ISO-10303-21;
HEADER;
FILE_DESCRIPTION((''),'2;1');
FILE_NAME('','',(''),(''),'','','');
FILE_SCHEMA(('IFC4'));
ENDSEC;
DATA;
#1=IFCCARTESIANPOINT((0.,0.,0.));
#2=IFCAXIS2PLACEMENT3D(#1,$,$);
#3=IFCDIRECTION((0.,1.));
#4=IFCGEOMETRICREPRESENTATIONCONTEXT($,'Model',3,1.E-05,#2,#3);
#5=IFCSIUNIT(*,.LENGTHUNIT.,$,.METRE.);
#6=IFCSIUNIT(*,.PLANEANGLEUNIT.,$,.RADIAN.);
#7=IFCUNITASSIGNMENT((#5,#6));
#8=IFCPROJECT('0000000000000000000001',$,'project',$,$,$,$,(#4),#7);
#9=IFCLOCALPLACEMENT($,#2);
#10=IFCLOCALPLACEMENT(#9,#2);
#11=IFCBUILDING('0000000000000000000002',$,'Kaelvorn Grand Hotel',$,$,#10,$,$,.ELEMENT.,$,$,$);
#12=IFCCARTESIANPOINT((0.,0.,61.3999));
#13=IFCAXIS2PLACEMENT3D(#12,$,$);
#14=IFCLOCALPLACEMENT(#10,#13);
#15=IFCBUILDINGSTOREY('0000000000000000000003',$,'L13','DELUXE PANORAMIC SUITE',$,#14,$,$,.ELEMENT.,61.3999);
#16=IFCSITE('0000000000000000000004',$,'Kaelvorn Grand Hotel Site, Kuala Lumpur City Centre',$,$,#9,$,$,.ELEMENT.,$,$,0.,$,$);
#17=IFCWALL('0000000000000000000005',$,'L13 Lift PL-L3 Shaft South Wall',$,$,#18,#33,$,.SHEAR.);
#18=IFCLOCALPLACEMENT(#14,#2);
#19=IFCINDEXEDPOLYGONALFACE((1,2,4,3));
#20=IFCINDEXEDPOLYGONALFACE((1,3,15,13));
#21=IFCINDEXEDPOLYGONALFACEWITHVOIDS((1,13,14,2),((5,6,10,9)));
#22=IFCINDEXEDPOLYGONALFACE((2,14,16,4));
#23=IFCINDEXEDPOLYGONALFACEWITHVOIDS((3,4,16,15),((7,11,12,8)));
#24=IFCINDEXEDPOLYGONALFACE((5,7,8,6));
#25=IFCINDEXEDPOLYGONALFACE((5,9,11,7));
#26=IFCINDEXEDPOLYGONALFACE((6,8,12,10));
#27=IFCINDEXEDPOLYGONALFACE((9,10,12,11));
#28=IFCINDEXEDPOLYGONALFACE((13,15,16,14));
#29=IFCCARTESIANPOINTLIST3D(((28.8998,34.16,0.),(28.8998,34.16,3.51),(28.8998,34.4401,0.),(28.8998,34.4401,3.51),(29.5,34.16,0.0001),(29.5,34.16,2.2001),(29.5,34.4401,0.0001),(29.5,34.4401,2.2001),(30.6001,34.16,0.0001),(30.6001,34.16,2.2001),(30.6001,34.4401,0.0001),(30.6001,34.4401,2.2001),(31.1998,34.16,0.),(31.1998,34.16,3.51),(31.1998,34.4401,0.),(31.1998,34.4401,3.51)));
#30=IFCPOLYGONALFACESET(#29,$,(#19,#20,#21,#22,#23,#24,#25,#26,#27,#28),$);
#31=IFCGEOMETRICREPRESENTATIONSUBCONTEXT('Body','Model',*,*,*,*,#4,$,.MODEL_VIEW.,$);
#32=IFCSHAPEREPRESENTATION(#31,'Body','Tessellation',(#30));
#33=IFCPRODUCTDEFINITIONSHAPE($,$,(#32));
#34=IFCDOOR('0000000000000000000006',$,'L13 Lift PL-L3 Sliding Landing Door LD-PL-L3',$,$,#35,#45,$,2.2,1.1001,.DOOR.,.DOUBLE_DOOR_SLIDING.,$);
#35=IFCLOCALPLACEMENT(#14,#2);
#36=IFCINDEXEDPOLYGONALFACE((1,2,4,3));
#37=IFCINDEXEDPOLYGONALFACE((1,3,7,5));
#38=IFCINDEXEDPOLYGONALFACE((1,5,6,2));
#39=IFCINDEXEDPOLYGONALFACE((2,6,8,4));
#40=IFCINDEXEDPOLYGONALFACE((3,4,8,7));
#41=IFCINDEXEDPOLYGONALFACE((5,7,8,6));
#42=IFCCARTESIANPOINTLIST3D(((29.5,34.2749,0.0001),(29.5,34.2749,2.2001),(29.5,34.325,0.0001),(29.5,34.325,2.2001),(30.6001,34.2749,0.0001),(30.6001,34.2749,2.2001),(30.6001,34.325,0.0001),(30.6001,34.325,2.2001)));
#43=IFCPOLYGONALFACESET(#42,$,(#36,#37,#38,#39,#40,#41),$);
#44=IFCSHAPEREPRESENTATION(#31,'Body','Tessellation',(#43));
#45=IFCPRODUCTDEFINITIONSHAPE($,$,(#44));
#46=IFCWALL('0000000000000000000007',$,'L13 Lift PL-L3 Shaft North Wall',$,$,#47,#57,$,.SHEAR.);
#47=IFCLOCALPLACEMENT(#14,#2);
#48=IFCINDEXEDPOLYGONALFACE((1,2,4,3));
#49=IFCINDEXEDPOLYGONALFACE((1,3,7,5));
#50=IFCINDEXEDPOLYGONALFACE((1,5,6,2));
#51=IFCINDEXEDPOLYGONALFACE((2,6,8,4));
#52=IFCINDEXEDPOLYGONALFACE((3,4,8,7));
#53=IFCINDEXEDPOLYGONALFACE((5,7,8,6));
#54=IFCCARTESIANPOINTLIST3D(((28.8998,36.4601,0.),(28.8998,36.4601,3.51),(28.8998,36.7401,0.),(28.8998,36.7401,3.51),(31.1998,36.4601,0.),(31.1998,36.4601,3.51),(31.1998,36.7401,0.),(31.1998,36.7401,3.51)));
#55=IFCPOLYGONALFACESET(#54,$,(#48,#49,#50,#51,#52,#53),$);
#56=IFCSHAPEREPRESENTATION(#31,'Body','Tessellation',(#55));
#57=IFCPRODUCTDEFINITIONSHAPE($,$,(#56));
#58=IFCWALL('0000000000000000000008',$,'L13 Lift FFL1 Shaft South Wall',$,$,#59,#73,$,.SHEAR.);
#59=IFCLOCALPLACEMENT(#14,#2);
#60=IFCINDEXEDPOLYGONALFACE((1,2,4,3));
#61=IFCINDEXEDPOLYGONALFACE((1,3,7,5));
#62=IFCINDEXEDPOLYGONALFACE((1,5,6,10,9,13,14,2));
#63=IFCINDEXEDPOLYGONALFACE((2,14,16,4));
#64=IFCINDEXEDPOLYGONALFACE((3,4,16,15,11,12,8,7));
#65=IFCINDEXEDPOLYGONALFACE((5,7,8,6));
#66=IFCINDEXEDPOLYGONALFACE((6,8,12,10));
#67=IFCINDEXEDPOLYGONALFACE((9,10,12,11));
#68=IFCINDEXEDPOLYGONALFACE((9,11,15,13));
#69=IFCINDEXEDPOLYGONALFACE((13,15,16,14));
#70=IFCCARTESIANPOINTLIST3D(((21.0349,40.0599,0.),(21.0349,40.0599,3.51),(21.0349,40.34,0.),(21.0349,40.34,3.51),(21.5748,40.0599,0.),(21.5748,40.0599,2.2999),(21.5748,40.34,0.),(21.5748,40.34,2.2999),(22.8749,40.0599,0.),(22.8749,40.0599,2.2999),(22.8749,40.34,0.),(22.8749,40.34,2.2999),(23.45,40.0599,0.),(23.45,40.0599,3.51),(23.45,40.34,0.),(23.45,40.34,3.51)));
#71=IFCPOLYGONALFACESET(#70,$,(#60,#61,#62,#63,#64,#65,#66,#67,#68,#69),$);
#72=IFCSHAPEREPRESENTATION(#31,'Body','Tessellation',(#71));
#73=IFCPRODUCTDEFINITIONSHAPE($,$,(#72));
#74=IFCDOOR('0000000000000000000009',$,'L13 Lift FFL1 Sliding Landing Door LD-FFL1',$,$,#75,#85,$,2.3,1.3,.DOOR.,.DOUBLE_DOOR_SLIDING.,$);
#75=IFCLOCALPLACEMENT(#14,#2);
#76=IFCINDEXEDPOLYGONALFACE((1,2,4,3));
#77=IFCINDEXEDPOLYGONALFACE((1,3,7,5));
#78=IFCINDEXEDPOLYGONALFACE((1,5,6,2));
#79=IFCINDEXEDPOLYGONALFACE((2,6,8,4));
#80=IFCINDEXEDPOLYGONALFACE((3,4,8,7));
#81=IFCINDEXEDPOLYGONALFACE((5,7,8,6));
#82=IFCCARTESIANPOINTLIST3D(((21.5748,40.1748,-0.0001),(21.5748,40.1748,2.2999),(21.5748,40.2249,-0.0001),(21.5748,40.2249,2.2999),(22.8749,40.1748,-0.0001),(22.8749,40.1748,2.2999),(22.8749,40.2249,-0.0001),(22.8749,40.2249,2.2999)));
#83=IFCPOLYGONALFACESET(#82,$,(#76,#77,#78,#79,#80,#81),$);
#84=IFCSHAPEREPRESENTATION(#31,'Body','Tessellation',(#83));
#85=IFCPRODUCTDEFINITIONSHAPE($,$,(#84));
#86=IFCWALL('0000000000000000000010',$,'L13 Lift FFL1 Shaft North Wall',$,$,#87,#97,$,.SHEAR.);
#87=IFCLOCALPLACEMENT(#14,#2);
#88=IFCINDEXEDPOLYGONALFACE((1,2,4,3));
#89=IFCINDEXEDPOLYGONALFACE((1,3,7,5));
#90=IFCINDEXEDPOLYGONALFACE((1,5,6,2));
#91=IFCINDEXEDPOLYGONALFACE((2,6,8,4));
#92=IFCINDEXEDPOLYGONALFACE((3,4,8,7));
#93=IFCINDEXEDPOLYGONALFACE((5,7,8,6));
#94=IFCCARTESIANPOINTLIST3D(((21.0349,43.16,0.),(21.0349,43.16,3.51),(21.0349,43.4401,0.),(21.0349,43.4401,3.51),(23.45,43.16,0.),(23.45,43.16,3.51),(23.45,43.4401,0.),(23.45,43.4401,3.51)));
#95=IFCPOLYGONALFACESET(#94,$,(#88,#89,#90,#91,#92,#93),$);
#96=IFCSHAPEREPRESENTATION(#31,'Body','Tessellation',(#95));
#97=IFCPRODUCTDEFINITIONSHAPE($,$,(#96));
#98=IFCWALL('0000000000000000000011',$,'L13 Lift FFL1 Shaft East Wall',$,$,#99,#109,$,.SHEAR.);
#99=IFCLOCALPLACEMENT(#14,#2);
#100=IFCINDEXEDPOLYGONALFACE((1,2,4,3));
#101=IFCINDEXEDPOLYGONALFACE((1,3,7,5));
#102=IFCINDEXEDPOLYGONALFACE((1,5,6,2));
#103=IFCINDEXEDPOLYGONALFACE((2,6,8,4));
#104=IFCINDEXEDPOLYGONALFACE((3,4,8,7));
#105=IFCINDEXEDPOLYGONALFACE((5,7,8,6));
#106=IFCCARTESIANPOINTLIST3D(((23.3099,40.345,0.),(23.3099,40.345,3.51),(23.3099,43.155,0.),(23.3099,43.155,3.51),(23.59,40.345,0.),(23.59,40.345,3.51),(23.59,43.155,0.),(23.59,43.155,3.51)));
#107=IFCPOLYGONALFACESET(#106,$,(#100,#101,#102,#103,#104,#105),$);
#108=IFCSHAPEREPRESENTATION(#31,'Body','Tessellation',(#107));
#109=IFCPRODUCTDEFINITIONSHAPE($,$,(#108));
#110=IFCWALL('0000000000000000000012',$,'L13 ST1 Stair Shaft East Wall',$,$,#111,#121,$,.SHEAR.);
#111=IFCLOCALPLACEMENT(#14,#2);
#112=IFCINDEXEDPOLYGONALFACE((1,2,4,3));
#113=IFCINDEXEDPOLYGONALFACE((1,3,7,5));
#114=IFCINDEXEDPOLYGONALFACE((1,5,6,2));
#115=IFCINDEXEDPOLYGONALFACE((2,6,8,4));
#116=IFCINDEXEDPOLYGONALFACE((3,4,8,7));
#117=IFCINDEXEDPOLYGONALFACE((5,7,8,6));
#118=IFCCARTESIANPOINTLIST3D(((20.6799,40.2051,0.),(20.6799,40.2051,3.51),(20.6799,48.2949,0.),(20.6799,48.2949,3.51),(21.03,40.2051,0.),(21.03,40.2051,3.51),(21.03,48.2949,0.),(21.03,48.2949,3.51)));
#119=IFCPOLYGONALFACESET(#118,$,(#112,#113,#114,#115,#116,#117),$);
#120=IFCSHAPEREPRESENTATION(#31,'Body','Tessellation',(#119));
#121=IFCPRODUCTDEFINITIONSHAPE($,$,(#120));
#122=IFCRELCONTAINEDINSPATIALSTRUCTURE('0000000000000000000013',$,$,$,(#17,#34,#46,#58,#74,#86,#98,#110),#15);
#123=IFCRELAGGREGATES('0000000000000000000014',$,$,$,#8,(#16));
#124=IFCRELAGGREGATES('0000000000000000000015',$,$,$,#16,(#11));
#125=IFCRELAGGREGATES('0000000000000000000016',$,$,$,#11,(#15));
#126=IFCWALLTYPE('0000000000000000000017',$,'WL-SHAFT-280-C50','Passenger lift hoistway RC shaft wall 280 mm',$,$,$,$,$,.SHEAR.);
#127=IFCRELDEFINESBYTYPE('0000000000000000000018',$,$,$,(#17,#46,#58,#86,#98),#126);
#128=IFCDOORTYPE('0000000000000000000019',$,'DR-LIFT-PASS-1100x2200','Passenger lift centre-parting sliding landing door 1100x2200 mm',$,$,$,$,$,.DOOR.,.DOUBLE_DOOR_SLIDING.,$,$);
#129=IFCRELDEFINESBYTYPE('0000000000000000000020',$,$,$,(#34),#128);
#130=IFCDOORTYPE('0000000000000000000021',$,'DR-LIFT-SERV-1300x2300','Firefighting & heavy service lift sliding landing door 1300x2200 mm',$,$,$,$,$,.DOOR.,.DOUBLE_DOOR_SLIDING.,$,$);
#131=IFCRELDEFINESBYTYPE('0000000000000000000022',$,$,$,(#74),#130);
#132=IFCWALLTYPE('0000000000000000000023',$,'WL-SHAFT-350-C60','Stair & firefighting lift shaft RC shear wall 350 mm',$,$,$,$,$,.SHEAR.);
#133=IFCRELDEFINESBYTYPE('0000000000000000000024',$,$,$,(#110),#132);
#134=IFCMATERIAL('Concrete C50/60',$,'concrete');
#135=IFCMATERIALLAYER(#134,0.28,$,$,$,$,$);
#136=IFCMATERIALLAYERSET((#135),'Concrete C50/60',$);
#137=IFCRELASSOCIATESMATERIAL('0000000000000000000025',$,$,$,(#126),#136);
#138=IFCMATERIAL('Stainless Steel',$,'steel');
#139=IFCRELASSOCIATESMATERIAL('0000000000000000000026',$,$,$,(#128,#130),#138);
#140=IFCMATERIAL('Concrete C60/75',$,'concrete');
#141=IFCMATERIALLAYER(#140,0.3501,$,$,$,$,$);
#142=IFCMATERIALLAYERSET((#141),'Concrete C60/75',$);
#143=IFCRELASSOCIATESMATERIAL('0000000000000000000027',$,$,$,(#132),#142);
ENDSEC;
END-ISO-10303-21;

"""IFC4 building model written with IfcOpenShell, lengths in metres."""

from ifc_helpers import new_model, si_unit, direction, frame, frame_2d, origin, place, context, subcontext, project, spatial, rectangle, extrude, material, layer, layer_set, type_object, element, fill, save


model = new_model("IFC4")

# Units and contexts
model_context = context("Model", 3, precision=1e-05, world=origin(), true_north=direction((0.0, 1.0)))
body_context = subcontext(model_context, "Body", "Model", "MODEL_VIEW")
ifc_project = project(units=[si_unit("LENGTHUNIT", "METRE"), si_unit("PLANEANGLEUNIT", "RADIAN")], contexts=[model_context])

# Site, building, storey
site_placement = place(None, origin())
site = spatial("IfcSite", under=ifc_project, at=site_placement, Name="Kaelvorn Grand Hotel Site, Kuala Lumpur City Centre", CompositionType="ELEMENT", RefElevation=0.0)
building_placement = place(site_placement, origin())
building = spatial("IfcBuilding", under=site, at=building_placement, Name="Kaelvorn Grand Hotel", CompositionType="ELEMENT")
storey_placement = place(building_placement, frame((0.0, 0.0, 61.3999)))
storey = spatial("IfcBuildingStorey", under=building, at=storey_placement, Name="L13", Description="DELUXE PANORAMIC SUITE", CompositionType="ELEMENT", Elevation=61.3999)

# Shared definitions
ifc_material_1 = material(Name="Concrete C60/75", Category="concrete")

# Shared definitions
ifc_material_2 = material(Name="Concrete C50/60", Category="concrete")
ifc_layer_1 = layer(ifc_material_2, 0.28)
ifc_layer_set_1 = layer_set([ifc_layer_1], Name="Concrete C50/60")
wall_type_1 = type_object("IfcWallType", Name="WL-SHAFT-280-C50", Description="Passenger lift hoistway RC shaft wall 280 mm", PredefinedType="SHEAR", material=ifc_layer_set_1)
ifc_material_3 = material(Name="Stainless Steel", Category="steel")
door_type_1 = type_object("IfcDoorType", Name="DR-LIFT-PASS-1100x2200", Description="Passenger lift centre-parting sliding landing door 1100x2200 mm", OperationType="DOUBLE_DOOR_SLIDING", PredefinedType="DOOR", material=ifc_material_3)

# Wall, opening, door
wall_1_placement = place(storey_placement, frame((28.8999, 34.3, 0.0), z_axis=(0.0, 0.0, 1.0), x_axis=(1.0, 0.0, 0.0)))
wall_1 = element("IfcWall", 1, at=wall_1_placement, inside=storey, type_object=wall_type_1, Name="L13 Lift PL-L3 Shaft South Wall", PredefinedType="SHEAR", context=body_context, shape_type="SweptSolid", body=[
    extrude(rectangle(XDim=2.3, YDim=0.28, at=frame_2d((1.1499, 0.0))), origin(), (0.0, 0.0, 1.0), 3.51),
])
opening_1_placement = place(wall_1_placement, frame((0.6001, 0.0, 0.0)))
opening_1 = element("IfcOpeningElement", 2, at=opening_1_placement, cuts=wall_1, PredefinedType="OPENING", context=body_context, shape_type="SweptSolid", body=[
    extrude(rectangle(XDim=1.1001, YDim=2.2, at=frame_2d((0.55, 1.1001))), frame((0.0, 0.1499, 0.0), z_axis=(0.0, -1.0, 0.0), x_axis=(1.0, 0.0, 0.0)), (0.0, 0.0, 1.0), 0.3),
])
door_1_placement = place(opening_1_placement, origin())
door_1 = element("IfcDoor", 3, at=door_1_placement, inside=storey, type_object=door_type_1, Name="L13 Lift PL-L3 Sliding Landing Door LD-PL-L3", OperationType="DOUBLE_DOOR_SLIDING", OverallHeight=2.2, OverallWidth=1.1001, PredefinedType="DOOR", context=body_context, shape_type="SweptSolid", body=[
    extrude(rectangle(XDim=1.1001, YDim=2.2, at=frame_2d((0.55, 1.1001))), frame((0.0, 0.0249, 0.0), z_axis=(0.0, -1.0, 0.0), x_axis=(1.0, 0.0, 0.0)), (0.0, 0.0, 1.0), 0.05),
])
fill(opening_1, door_1)

# Wall
wall_2_placement = place(storey_placement, frame((28.8999, 36.6001, 0.0), z_axis=(0.0, 0.0, 1.0), x_axis=(1.0, 0.0, 0.0)))
element("IfcWall", 4, at=wall_2_placement, inside=storey, type_object=wall_type_1, Name="L13 Lift PL-L3 Shaft North Wall", PredefinedType="SHEAR", context=body_context, shape_type="SweptSolid", body=[
    extrude(rectangle(XDim=2.3, YDim=0.28, at=frame_2d((1.1499, 0.0))), origin(), (0.0, 0.0, 1.0), 3.51),
])

# Wall, opening, door
wall_3_placement = place(storey_placement, frame((21.0349, 40.2, 0.0), z_axis=(0.0, 0.0, 1.0), x_axis=(1.0, 0.0, 0.0)))
wall_3 = element("IfcWall", 5, at=wall_3_placement, inside=storey, type_object=wall_type_1, Name="L13 Lift FFL1 Shaft South Wall", PredefinedType="SHEAR", context=body_context, shape_type="SweptSolid", body=[
    extrude(rectangle(XDim=2.415, YDim=0.28, at=frame_2d((1.2075, 0.0))), origin(), (0.0, 0.0, 1.0), 3.51),
])
opening_2_placement = place(wall_3_placement, frame((0.54, 0.0, 0.0)))
opening_2 = element("IfcOpeningElement", 6, at=opening_2_placement, cuts=wall_3, PredefinedType="OPENING", context=body_context, shape_type="SweptSolid", body=[
    extrude(rectangle(XDim=1.3, YDim=2.3, at=frame_2d((0.6499, 1.1499))), frame((0.0, 0.1499, 0.0), z_axis=(0.0, -1.0, 0.0), x_axis=(1.0, 0.0, 0.0)), (0.0, 0.0, 1.0), 0.3),
])
door_type_2 = type_object("IfcDoorType", Name="DR-LIFT-SERV-1300x2300", Description="Firefighting & heavy service lift sliding landing door 1300x2200 mm", OperationType="DOUBLE_DOOR_SLIDING", PredefinedType="DOOR", material=ifc_material_3)
door_2_placement = place(opening_2_placement, origin())
door_2 = element("IfcDoor", 7, at=door_2_placement, inside=storey, type_object=door_type_2, Name="L13 Lift FFL1 Sliding Landing Door LD-FFL1", OperationType="DOUBLE_DOOR_SLIDING", OverallHeight=2.3, OverallWidth=1.3, PredefinedType="DOOR", context=body_context, shape_type="SweptSolid", body=[
    extrude(rectangle(XDim=1.3, YDim=2.3, at=frame_2d((0.6499, 1.1499))), frame((0.0, 0.0249, 0.0), z_axis=(0.0, -1.0, 0.0), x_axis=(1.0, 0.0, 0.0)), (0.0, 0.0, 1.0), 0.05),
])
fill(opening_2, door_2)

# Walls
wall_4_placement = place(storey_placement, frame((21.0349, 43.3, 0.0), z_axis=(0.0, 0.0, 1.0), x_axis=(1.0, 0.0, 0.0)))
element("IfcWall", 8, at=wall_4_placement, inside=storey, type_object=wall_type_1, Name="L13 Lift FFL1 Shaft North Wall", PredefinedType="SHEAR", context=body_context, shape_type="SweptSolid", body=[
    extrude(rectangle(XDim=2.415, YDim=0.28, at=frame_2d((1.2075, 0.0))), origin(), (0.0, 0.0, 1.0), 3.51),
])
wall_5_placement = place(storey_placement, frame((23.45, 40.345, 0.0), z_axis=(0.0, 0.0, 1.0), x_axis=(0.0, 1.0, 0.0)))
element("IfcWall", 9, at=wall_5_placement, inside=storey, type_object=wall_type_1, Name="L13 Lift FFL1 Shaft East Wall", PredefinedType="SHEAR", context=body_context, shape_type="SweptSolid", body=[
    extrude(rectangle(XDim=2.8101, YDim=0.28, at=frame_2d((1.405, 0.0))), origin(), (0.0, 0.0, 1.0), 3.51),
])
ifc_layer_2 = layer(ifc_material_1, 0.3501)
ifc_layer_set_2 = layer_set([ifc_layer_2], Name="Concrete C60/75")
wall_type_2 = type_object("IfcWallType", Name="WL-SHAFT-350-C60", Description="Stair & firefighting lift shaft RC shear wall 350 mm", PredefinedType="SHEAR", material=ifc_layer_set_2)
wall_6_placement = place(storey_placement, frame((20.855, 40.2051, 0.0), z_axis=(0.0, 0.0, 1.0), x_axis=(0.0, 1.0, 0.0)))
element("IfcWall", 10, at=wall_6_placement, inside=storey, type_object=wall_type_2, Name="L13 ST1 Stair Shaft East Wall", PredefinedType="SHEAR", context=body_context, shape_type="SweptSolid", body=[
    extrude(rectangle(XDim=8.0898, YDim=0.3501, at=frame_2d((4.0449, 0.0))), origin(), (0.0, 0.0, 1.0), 3.51),
])

save(model, "model.ifc")
